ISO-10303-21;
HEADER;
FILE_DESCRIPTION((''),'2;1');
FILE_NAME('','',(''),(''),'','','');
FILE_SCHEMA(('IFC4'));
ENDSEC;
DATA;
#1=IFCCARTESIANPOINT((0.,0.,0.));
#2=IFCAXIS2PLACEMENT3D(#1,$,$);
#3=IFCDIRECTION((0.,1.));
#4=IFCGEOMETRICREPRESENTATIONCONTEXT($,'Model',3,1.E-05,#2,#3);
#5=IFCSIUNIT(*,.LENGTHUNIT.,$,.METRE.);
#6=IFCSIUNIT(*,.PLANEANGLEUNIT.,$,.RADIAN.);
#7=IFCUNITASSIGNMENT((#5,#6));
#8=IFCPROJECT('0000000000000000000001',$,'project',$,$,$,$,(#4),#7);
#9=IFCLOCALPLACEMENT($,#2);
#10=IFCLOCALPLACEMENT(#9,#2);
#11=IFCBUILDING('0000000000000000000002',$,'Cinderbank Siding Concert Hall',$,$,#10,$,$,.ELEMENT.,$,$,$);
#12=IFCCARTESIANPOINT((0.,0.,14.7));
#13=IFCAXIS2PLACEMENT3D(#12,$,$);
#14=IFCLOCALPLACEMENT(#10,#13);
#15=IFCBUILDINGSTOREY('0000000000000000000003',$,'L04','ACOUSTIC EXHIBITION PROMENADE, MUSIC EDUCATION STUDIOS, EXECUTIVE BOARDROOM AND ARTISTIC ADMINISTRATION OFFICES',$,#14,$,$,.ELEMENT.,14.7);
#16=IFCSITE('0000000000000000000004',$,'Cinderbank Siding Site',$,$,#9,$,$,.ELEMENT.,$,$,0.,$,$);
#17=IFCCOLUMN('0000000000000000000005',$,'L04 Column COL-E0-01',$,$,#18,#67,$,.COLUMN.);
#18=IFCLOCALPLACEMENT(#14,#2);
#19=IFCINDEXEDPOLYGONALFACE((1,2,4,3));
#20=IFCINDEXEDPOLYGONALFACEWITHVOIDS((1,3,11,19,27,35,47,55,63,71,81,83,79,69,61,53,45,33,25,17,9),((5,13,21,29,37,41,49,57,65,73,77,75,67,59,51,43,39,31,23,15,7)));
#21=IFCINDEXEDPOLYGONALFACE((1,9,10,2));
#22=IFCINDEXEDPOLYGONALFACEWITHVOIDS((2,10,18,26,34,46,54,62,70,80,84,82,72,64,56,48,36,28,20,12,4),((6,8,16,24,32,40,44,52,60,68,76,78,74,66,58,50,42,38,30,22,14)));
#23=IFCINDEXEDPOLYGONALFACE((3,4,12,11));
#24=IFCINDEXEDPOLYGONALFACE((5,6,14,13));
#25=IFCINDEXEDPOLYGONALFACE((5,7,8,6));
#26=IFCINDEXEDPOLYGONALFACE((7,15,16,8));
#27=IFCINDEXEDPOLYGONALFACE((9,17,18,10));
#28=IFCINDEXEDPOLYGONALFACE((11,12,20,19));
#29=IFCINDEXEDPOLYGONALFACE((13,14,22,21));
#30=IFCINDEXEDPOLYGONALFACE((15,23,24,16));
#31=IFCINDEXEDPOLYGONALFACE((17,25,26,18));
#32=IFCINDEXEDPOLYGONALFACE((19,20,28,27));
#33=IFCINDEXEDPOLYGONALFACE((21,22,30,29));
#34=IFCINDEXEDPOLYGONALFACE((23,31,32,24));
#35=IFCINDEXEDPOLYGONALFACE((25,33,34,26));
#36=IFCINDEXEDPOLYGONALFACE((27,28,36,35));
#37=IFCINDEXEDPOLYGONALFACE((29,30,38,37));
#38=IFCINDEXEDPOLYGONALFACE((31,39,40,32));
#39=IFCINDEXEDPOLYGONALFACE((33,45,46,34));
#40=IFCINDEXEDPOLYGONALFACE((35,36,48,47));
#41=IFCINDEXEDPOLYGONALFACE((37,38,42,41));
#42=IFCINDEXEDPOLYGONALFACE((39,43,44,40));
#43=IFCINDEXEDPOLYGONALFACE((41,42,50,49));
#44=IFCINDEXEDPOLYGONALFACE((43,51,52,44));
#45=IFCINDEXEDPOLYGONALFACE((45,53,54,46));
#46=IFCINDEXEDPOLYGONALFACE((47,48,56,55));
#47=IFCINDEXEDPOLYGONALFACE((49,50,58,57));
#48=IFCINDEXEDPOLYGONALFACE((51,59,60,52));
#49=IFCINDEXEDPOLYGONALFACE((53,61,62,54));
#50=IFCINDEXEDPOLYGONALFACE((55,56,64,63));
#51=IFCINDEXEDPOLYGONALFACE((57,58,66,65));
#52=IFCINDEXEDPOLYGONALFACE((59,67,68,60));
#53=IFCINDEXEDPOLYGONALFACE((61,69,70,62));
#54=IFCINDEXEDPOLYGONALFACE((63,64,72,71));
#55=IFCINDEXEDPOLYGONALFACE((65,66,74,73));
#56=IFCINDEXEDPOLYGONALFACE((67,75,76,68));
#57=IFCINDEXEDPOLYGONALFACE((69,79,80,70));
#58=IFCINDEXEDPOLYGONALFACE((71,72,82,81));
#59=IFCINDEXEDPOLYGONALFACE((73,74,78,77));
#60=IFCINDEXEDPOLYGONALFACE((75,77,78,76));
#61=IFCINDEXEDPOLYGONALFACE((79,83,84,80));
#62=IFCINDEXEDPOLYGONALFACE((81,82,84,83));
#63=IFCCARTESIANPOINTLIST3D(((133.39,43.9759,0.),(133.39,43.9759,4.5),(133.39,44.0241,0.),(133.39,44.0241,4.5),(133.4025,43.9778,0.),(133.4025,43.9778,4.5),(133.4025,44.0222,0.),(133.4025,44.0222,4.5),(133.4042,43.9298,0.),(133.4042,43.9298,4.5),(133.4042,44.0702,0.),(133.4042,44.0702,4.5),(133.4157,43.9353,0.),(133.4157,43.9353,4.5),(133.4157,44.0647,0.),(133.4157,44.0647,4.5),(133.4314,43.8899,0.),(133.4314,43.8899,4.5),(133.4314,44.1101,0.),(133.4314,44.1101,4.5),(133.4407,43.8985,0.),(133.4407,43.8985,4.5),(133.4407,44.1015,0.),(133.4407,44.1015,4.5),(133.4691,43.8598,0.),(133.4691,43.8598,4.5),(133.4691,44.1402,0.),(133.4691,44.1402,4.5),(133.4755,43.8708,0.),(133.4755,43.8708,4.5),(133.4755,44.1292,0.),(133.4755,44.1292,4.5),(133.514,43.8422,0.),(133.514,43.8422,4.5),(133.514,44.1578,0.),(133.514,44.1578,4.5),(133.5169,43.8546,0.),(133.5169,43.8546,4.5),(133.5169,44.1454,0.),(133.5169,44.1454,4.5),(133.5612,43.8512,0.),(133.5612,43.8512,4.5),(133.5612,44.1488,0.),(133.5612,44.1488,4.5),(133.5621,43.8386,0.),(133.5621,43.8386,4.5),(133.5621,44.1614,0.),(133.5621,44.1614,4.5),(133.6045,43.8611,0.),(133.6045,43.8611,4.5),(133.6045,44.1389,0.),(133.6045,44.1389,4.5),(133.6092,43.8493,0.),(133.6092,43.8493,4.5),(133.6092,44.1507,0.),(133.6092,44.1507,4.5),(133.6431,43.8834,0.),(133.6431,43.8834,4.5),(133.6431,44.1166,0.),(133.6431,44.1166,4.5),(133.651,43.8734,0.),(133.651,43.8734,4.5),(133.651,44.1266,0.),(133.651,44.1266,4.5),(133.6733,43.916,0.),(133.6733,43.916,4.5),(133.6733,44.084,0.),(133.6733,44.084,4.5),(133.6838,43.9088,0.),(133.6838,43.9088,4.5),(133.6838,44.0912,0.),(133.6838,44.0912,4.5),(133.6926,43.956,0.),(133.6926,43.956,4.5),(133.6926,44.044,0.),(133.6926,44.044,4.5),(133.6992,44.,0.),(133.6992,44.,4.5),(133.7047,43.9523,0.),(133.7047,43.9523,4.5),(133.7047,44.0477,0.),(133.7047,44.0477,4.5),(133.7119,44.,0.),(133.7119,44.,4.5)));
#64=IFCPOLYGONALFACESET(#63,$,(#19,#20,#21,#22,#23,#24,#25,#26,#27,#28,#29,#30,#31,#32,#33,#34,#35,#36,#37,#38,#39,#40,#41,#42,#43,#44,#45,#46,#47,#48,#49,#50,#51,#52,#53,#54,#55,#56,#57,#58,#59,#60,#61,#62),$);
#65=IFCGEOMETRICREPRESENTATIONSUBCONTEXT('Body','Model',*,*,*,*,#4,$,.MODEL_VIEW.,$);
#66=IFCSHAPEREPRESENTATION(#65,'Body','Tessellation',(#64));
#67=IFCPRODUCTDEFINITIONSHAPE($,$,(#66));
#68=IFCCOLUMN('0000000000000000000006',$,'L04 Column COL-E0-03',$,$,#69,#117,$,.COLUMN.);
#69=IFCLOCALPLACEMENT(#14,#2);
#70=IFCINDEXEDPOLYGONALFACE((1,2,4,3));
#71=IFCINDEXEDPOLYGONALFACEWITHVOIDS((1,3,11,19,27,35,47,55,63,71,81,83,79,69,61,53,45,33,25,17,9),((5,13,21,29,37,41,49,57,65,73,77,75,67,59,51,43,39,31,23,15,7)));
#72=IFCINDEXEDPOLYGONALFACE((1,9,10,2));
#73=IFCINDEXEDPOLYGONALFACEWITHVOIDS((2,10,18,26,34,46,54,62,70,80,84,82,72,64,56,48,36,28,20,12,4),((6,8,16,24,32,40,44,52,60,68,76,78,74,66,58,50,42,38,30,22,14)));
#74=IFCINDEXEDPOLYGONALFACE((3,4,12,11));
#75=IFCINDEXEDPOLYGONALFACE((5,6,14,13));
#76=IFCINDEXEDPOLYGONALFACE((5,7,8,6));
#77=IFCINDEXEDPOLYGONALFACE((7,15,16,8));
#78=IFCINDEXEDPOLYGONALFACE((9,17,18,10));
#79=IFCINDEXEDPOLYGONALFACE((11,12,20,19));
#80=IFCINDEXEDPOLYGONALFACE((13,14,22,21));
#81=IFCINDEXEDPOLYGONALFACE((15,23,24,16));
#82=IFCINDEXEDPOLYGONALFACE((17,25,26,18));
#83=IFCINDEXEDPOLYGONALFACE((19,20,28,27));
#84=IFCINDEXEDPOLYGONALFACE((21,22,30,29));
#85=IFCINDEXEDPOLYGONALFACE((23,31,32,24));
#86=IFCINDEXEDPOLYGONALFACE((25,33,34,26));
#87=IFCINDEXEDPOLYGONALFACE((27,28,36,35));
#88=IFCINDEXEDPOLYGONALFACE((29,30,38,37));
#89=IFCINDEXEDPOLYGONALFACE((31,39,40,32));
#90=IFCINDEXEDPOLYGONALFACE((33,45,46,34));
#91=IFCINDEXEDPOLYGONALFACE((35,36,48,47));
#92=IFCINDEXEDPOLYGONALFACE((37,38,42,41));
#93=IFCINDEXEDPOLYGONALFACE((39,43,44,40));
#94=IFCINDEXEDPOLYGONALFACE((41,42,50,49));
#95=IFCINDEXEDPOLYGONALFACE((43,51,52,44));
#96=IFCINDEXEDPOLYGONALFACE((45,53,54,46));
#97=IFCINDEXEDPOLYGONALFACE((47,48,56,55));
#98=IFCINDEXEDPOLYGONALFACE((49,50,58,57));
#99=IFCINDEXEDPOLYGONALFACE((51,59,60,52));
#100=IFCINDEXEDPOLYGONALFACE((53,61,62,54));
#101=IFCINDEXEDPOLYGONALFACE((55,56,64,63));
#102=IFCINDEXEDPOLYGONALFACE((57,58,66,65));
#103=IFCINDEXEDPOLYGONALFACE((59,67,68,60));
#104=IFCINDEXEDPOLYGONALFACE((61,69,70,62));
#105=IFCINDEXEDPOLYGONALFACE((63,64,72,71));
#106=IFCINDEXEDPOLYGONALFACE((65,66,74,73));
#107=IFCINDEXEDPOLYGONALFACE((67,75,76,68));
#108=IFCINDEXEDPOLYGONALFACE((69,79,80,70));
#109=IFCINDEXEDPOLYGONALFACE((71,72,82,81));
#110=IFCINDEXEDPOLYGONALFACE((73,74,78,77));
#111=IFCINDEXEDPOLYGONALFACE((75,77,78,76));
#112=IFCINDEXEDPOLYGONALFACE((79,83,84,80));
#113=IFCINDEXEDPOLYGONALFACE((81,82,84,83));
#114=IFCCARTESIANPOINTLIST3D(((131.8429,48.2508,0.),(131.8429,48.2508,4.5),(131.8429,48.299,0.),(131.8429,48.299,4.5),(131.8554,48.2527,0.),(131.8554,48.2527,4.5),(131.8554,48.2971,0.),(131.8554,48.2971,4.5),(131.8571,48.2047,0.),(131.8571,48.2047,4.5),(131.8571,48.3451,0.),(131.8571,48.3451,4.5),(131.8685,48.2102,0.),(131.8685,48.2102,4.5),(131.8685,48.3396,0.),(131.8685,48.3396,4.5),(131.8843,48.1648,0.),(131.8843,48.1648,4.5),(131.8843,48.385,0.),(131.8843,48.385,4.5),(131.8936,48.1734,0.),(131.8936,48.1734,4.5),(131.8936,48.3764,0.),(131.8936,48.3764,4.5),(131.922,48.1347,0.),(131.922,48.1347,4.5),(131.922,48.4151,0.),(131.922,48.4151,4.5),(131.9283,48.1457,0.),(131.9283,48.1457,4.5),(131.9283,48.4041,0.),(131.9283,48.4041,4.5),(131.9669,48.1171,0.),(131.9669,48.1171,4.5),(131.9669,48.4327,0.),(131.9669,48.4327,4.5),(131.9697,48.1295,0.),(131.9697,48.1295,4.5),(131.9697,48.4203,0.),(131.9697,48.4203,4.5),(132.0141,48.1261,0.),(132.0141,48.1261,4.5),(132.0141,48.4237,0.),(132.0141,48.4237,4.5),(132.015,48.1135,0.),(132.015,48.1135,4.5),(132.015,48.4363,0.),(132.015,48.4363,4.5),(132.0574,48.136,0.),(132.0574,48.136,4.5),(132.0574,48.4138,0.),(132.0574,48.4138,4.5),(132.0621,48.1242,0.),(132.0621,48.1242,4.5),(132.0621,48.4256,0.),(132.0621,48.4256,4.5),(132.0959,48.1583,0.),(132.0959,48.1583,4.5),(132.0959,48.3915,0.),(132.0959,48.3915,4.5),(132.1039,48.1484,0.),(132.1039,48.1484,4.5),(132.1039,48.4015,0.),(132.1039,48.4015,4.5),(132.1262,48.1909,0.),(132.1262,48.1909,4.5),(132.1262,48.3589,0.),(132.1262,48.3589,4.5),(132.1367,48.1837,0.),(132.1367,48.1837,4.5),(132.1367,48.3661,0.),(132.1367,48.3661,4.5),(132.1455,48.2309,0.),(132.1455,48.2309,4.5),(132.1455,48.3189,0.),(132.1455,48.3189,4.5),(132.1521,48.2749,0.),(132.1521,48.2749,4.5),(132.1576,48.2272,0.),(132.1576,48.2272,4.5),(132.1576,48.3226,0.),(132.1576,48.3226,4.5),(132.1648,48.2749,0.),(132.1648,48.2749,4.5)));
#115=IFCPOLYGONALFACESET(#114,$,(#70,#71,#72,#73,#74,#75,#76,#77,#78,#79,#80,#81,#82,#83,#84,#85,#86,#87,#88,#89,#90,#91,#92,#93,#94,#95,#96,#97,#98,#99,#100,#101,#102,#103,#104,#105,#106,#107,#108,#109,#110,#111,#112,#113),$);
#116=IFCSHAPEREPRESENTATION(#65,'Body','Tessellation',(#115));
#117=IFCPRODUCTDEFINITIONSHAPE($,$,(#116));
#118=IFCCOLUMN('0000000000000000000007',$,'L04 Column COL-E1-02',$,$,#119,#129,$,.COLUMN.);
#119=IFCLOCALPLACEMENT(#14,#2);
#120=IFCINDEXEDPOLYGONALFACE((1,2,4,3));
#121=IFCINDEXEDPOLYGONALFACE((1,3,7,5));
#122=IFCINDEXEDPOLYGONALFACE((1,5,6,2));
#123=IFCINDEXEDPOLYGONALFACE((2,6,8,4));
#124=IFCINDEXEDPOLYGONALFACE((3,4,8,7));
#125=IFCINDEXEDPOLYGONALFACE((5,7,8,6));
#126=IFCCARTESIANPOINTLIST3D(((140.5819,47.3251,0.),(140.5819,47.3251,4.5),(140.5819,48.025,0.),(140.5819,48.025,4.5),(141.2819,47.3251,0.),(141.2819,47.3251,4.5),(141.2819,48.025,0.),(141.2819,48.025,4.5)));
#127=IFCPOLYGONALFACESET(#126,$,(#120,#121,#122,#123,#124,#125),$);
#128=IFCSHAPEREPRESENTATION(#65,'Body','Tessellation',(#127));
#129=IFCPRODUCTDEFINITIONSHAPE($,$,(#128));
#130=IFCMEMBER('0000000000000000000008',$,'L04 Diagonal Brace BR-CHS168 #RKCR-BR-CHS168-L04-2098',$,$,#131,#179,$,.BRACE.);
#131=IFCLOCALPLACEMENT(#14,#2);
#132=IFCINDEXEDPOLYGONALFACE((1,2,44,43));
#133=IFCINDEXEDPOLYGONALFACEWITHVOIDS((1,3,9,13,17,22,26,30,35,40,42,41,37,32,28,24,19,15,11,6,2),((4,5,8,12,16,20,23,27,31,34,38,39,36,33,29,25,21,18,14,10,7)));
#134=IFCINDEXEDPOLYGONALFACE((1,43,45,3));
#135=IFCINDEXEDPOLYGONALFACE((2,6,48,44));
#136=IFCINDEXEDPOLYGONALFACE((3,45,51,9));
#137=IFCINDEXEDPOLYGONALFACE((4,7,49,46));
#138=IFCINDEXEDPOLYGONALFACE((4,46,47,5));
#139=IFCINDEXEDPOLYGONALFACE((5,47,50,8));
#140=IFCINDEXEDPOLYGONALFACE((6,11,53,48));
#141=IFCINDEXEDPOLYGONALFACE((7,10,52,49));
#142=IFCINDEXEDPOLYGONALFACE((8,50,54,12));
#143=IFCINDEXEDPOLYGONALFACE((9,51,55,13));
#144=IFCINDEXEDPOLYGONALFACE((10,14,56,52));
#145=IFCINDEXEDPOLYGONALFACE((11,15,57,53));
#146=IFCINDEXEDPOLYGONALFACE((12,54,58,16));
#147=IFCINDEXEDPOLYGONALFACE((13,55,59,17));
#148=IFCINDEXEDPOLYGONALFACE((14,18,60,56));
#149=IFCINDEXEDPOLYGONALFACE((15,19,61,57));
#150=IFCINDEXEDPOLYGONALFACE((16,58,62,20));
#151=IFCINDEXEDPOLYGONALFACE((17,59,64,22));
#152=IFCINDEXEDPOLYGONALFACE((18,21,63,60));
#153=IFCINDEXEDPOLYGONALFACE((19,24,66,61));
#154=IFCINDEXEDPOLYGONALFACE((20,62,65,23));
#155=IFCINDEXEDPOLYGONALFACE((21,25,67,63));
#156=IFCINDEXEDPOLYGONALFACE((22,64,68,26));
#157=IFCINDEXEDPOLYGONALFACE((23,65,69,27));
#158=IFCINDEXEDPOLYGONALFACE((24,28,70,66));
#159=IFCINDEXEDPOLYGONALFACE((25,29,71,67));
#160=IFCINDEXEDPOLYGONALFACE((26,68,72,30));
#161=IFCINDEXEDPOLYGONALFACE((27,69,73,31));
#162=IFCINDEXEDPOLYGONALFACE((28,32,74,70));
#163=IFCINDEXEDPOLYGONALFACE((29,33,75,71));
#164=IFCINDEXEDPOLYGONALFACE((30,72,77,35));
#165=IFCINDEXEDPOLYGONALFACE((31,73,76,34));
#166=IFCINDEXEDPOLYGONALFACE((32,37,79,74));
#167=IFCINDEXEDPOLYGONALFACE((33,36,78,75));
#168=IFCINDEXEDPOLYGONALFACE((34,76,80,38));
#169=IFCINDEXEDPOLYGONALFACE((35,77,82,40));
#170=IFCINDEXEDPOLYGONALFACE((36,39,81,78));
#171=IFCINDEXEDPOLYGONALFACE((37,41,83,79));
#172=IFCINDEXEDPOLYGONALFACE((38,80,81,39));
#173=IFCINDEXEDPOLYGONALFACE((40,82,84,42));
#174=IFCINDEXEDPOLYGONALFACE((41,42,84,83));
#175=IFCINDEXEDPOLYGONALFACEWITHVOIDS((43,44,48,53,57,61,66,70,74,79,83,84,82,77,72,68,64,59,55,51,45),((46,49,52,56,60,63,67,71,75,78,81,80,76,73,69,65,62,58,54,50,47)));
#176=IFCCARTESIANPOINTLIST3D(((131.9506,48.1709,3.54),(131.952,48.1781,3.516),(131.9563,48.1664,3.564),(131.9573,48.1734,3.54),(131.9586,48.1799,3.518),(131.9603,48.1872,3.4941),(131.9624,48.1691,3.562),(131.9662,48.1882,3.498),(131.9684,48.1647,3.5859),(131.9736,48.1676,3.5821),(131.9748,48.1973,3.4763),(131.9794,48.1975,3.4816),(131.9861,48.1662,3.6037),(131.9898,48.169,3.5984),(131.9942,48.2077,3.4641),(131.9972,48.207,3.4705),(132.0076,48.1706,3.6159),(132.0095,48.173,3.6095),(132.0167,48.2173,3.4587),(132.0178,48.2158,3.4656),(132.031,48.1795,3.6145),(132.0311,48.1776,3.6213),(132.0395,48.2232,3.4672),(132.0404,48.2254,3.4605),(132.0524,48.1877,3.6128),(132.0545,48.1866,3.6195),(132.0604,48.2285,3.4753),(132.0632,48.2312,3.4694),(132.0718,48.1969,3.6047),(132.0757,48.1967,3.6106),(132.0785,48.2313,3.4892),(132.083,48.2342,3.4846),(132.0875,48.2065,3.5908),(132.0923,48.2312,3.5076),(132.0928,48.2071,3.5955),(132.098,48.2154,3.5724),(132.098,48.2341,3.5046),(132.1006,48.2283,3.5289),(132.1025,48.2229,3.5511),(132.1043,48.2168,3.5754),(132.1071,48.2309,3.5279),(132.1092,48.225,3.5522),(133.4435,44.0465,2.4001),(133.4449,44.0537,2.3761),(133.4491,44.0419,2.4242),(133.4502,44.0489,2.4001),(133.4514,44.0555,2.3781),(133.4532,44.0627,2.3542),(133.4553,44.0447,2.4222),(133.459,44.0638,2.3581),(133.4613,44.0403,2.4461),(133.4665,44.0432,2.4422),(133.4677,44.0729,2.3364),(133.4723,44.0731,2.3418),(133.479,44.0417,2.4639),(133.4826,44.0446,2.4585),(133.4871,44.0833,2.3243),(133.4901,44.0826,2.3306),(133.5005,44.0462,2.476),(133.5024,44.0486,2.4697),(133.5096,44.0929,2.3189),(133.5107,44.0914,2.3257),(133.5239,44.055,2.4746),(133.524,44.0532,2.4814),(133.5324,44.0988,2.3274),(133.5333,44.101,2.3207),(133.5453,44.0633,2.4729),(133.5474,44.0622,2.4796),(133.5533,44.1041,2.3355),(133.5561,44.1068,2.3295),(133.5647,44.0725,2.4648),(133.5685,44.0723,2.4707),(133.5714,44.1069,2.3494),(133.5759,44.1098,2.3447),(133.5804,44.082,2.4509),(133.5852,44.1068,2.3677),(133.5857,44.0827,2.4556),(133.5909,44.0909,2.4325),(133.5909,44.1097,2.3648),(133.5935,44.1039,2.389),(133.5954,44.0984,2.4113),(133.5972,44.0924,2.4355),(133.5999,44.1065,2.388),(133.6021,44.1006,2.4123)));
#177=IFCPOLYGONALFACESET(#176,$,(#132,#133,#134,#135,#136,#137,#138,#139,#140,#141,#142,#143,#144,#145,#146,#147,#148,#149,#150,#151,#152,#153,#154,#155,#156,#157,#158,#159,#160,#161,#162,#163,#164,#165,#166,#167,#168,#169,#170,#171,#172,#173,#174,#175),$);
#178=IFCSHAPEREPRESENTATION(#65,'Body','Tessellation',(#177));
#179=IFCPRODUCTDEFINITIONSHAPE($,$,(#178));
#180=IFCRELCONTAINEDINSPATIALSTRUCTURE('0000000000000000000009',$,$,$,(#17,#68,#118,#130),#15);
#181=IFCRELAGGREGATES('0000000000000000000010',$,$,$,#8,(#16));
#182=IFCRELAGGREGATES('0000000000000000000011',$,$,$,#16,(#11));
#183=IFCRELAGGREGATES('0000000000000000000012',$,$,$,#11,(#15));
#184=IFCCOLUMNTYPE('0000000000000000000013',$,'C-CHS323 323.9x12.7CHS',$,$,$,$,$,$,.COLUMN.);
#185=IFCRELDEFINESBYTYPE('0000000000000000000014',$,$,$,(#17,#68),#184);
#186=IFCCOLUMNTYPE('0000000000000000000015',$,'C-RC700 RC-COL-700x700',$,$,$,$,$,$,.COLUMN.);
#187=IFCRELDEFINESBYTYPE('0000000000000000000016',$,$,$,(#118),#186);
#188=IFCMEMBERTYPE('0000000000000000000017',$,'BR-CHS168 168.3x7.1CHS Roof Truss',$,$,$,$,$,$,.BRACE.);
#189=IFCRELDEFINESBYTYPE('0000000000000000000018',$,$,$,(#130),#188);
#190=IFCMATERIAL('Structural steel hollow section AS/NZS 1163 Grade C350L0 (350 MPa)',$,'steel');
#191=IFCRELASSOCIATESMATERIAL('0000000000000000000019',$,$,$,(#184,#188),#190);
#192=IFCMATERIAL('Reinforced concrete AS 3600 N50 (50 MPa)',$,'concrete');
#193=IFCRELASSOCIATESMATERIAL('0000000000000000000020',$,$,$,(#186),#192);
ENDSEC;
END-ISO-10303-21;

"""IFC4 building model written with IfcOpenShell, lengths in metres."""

from ifc_helpers import new_model, si_unit, direction, frame, origin, origin_2d, place, context, subcontext, project, spatial, rectangle, hollow_circle, extrude, material, material_profile, profile_set, type_object, element, save


model = new_model("IFC4")

# Units and contexts
model_context = context("Model", 3, precision=1e-05, world=origin(), true_north=direction((0.0, 1.0)))
body_context = subcontext(model_context, "Body", "Model", "MODEL_VIEW")
ifc_project = project(units=[si_unit("LENGTHUNIT", "METRE"), si_unit("PLANEANGLEUNIT", "RADIAN")], contexts=[model_context])

# Site, building, storey
site_placement = place(None, origin())
site = spatial("IfcSite", under=ifc_project, at=site_placement, Name="Cinderbank Siding Site", CompositionType="ELEMENT", RefElevation=0.0)
building_placement = place(site_placement, origin())
building = spatial("IfcBuilding", under=site, at=building_placement, Name="Cinderbank Siding Concert Hall", CompositionType="ELEMENT")
storey_placement = place(building_placement, frame((0.0, 0.0, 14.7)))
storey = spatial("IfcBuildingStorey", under=building, at=storey_placement, Name="L04", Description="ACOUSTIC EXHIBITION PROMENADE, MUSIC EDUCATION STUDIOS, EXECUTIVE BOARDROOM AND ARTISTIC ADMINISTRATION OFFICES", CompositionType="ELEMENT", Elevation=14.7)

# Columns
ifc_material_1 = material(Name="Structural steel hollow section AS/NZS 1163 Grade C350L0 (350 MPa)", Category="steel")
ifc_material_profile_1 = material_profile(ifc_material_1, hollow_circle(Radius=0.1619, WallThickness=0.0127, at=origin_2d()), Name="323.9x12.7CHS", Category="LoadBearing")
ifc_profile_set_1 = profile_set([ifc_material_profile_1], Name="Structural steel hollow section AS/NZS 1163 Grade C350L0 (350 MPa)")
column_type_1 = type_object("IfcColumnType", Name="C-CHS323 323.9x12.7CHS", PredefinedType="COLUMN", material=ifc_profile_set_1)
for number, where, z_axis, x_axis, name in (
    (1, (133.55, 44.0, 0.0), (0.0, 0.0, 1.0), (1.0, 0.0, 0.0), "L04 Column COL-E0-01"),
    (2, (132.0029, 48.2749, 0.0), (0.0, 0.0, 1.0), (1.0, 0.0, 0.0), "L04 Column COL-E0-03"),
):
    element("IfcColumn", number, at=place(storey_placement, frame(where, z_axis=z_axis, x_axis=x_axis)), inside=storey, type_object=column_type_1, Name=name, PredefinedType="COLUMN", context=body_context, shape_type="SweptSolid", body=[
        extrude(hollow_circle(Radius=0.1619, WallThickness=0.0127, at=origin_2d()), origin(), (0.0, 0.0, 1.0), 4.5),
    ])
ifc_material_2 = material(Name="Reinforced concrete AS 3600 N50 (50 MPa)", Category="concrete")
ifc_material_profile_2 = material_profile(ifc_material_2, rectangle(XDim=0.7, YDim=0.7, at=origin_2d()), Name="RC-COL-700x700", Category="LoadBearing")
ifc_profile_set_2 = profile_set([ifc_material_profile_2], Name="Reinforced concrete AS 3600 N50 (50 MPa)")
column_type_2 = type_object("IfcColumnType", Name="C-RC700 RC-COL-700x700", PredefinedType="COLUMN", material=ifc_profile_set_2)
column_placement = place(storey_placement, frame((140.9319, 47.675, 0.0), z_axis=(0.0, 0.0, 1.0), x_axis=(1.0, 0.0, 0.0)))
element("IfcColumn", 3, at=column_placement, inside=storey, type_object=column_type_2, Name="L04 Column COL-E1-02", PredefinedType="COLUMN", context=body_context, shape_type="SweptSolid", body=[
    extrude(rectangle(XDim=0.7, YDim=0.7, at=origin_2d()), origin(), (0.0, 0.0, 1.0), 4.5),
])

# Member
ifc_material_profile_3 = material_profile(ifc_material_1, hollow_circle(Radius=0.0842, WallThickness=0.0071, at=origin_2d()), Name="168.3x7.1CHS", Category="LoadBearing")
ifc_profile_set_3 = profile_set([ifc_material_profile_3], Name="Structural steel hollow section AS/NZS 1163 Grade C350L0 (350 MPa)")
member_type = type_object("IfcMemberType", Name="BR-CHS168 168.3x7.1CHS Roof Truss", PredefinedType="BRACE", material=ifc_profile_set_3)
member_1_placement = place(storey_placement, frame((133.5227, 44.0752, 2.4001), z_axis=(-0.329412, 0.91007, 0.251516), x_axis=(-0.940298, -0.340353, 0.0)))
element("IfcMember", 4, at=member_1_placement, inside=storey, type_object=member_type, Name="L04 Diagonal Brace BR-CHS168 #RKCR-BR-CHS168-L04-2098", PredefinedType="BRACE", context=body_context, shape_type="SweptSolid", body=[
    extrude(hollow_circle(Radius=0.0842, WallThickness=0.0071, at=origin_2d()), origin(), (0.0, 0.0, 1.0), 4.532),
])

save(model, "model.ifc")
